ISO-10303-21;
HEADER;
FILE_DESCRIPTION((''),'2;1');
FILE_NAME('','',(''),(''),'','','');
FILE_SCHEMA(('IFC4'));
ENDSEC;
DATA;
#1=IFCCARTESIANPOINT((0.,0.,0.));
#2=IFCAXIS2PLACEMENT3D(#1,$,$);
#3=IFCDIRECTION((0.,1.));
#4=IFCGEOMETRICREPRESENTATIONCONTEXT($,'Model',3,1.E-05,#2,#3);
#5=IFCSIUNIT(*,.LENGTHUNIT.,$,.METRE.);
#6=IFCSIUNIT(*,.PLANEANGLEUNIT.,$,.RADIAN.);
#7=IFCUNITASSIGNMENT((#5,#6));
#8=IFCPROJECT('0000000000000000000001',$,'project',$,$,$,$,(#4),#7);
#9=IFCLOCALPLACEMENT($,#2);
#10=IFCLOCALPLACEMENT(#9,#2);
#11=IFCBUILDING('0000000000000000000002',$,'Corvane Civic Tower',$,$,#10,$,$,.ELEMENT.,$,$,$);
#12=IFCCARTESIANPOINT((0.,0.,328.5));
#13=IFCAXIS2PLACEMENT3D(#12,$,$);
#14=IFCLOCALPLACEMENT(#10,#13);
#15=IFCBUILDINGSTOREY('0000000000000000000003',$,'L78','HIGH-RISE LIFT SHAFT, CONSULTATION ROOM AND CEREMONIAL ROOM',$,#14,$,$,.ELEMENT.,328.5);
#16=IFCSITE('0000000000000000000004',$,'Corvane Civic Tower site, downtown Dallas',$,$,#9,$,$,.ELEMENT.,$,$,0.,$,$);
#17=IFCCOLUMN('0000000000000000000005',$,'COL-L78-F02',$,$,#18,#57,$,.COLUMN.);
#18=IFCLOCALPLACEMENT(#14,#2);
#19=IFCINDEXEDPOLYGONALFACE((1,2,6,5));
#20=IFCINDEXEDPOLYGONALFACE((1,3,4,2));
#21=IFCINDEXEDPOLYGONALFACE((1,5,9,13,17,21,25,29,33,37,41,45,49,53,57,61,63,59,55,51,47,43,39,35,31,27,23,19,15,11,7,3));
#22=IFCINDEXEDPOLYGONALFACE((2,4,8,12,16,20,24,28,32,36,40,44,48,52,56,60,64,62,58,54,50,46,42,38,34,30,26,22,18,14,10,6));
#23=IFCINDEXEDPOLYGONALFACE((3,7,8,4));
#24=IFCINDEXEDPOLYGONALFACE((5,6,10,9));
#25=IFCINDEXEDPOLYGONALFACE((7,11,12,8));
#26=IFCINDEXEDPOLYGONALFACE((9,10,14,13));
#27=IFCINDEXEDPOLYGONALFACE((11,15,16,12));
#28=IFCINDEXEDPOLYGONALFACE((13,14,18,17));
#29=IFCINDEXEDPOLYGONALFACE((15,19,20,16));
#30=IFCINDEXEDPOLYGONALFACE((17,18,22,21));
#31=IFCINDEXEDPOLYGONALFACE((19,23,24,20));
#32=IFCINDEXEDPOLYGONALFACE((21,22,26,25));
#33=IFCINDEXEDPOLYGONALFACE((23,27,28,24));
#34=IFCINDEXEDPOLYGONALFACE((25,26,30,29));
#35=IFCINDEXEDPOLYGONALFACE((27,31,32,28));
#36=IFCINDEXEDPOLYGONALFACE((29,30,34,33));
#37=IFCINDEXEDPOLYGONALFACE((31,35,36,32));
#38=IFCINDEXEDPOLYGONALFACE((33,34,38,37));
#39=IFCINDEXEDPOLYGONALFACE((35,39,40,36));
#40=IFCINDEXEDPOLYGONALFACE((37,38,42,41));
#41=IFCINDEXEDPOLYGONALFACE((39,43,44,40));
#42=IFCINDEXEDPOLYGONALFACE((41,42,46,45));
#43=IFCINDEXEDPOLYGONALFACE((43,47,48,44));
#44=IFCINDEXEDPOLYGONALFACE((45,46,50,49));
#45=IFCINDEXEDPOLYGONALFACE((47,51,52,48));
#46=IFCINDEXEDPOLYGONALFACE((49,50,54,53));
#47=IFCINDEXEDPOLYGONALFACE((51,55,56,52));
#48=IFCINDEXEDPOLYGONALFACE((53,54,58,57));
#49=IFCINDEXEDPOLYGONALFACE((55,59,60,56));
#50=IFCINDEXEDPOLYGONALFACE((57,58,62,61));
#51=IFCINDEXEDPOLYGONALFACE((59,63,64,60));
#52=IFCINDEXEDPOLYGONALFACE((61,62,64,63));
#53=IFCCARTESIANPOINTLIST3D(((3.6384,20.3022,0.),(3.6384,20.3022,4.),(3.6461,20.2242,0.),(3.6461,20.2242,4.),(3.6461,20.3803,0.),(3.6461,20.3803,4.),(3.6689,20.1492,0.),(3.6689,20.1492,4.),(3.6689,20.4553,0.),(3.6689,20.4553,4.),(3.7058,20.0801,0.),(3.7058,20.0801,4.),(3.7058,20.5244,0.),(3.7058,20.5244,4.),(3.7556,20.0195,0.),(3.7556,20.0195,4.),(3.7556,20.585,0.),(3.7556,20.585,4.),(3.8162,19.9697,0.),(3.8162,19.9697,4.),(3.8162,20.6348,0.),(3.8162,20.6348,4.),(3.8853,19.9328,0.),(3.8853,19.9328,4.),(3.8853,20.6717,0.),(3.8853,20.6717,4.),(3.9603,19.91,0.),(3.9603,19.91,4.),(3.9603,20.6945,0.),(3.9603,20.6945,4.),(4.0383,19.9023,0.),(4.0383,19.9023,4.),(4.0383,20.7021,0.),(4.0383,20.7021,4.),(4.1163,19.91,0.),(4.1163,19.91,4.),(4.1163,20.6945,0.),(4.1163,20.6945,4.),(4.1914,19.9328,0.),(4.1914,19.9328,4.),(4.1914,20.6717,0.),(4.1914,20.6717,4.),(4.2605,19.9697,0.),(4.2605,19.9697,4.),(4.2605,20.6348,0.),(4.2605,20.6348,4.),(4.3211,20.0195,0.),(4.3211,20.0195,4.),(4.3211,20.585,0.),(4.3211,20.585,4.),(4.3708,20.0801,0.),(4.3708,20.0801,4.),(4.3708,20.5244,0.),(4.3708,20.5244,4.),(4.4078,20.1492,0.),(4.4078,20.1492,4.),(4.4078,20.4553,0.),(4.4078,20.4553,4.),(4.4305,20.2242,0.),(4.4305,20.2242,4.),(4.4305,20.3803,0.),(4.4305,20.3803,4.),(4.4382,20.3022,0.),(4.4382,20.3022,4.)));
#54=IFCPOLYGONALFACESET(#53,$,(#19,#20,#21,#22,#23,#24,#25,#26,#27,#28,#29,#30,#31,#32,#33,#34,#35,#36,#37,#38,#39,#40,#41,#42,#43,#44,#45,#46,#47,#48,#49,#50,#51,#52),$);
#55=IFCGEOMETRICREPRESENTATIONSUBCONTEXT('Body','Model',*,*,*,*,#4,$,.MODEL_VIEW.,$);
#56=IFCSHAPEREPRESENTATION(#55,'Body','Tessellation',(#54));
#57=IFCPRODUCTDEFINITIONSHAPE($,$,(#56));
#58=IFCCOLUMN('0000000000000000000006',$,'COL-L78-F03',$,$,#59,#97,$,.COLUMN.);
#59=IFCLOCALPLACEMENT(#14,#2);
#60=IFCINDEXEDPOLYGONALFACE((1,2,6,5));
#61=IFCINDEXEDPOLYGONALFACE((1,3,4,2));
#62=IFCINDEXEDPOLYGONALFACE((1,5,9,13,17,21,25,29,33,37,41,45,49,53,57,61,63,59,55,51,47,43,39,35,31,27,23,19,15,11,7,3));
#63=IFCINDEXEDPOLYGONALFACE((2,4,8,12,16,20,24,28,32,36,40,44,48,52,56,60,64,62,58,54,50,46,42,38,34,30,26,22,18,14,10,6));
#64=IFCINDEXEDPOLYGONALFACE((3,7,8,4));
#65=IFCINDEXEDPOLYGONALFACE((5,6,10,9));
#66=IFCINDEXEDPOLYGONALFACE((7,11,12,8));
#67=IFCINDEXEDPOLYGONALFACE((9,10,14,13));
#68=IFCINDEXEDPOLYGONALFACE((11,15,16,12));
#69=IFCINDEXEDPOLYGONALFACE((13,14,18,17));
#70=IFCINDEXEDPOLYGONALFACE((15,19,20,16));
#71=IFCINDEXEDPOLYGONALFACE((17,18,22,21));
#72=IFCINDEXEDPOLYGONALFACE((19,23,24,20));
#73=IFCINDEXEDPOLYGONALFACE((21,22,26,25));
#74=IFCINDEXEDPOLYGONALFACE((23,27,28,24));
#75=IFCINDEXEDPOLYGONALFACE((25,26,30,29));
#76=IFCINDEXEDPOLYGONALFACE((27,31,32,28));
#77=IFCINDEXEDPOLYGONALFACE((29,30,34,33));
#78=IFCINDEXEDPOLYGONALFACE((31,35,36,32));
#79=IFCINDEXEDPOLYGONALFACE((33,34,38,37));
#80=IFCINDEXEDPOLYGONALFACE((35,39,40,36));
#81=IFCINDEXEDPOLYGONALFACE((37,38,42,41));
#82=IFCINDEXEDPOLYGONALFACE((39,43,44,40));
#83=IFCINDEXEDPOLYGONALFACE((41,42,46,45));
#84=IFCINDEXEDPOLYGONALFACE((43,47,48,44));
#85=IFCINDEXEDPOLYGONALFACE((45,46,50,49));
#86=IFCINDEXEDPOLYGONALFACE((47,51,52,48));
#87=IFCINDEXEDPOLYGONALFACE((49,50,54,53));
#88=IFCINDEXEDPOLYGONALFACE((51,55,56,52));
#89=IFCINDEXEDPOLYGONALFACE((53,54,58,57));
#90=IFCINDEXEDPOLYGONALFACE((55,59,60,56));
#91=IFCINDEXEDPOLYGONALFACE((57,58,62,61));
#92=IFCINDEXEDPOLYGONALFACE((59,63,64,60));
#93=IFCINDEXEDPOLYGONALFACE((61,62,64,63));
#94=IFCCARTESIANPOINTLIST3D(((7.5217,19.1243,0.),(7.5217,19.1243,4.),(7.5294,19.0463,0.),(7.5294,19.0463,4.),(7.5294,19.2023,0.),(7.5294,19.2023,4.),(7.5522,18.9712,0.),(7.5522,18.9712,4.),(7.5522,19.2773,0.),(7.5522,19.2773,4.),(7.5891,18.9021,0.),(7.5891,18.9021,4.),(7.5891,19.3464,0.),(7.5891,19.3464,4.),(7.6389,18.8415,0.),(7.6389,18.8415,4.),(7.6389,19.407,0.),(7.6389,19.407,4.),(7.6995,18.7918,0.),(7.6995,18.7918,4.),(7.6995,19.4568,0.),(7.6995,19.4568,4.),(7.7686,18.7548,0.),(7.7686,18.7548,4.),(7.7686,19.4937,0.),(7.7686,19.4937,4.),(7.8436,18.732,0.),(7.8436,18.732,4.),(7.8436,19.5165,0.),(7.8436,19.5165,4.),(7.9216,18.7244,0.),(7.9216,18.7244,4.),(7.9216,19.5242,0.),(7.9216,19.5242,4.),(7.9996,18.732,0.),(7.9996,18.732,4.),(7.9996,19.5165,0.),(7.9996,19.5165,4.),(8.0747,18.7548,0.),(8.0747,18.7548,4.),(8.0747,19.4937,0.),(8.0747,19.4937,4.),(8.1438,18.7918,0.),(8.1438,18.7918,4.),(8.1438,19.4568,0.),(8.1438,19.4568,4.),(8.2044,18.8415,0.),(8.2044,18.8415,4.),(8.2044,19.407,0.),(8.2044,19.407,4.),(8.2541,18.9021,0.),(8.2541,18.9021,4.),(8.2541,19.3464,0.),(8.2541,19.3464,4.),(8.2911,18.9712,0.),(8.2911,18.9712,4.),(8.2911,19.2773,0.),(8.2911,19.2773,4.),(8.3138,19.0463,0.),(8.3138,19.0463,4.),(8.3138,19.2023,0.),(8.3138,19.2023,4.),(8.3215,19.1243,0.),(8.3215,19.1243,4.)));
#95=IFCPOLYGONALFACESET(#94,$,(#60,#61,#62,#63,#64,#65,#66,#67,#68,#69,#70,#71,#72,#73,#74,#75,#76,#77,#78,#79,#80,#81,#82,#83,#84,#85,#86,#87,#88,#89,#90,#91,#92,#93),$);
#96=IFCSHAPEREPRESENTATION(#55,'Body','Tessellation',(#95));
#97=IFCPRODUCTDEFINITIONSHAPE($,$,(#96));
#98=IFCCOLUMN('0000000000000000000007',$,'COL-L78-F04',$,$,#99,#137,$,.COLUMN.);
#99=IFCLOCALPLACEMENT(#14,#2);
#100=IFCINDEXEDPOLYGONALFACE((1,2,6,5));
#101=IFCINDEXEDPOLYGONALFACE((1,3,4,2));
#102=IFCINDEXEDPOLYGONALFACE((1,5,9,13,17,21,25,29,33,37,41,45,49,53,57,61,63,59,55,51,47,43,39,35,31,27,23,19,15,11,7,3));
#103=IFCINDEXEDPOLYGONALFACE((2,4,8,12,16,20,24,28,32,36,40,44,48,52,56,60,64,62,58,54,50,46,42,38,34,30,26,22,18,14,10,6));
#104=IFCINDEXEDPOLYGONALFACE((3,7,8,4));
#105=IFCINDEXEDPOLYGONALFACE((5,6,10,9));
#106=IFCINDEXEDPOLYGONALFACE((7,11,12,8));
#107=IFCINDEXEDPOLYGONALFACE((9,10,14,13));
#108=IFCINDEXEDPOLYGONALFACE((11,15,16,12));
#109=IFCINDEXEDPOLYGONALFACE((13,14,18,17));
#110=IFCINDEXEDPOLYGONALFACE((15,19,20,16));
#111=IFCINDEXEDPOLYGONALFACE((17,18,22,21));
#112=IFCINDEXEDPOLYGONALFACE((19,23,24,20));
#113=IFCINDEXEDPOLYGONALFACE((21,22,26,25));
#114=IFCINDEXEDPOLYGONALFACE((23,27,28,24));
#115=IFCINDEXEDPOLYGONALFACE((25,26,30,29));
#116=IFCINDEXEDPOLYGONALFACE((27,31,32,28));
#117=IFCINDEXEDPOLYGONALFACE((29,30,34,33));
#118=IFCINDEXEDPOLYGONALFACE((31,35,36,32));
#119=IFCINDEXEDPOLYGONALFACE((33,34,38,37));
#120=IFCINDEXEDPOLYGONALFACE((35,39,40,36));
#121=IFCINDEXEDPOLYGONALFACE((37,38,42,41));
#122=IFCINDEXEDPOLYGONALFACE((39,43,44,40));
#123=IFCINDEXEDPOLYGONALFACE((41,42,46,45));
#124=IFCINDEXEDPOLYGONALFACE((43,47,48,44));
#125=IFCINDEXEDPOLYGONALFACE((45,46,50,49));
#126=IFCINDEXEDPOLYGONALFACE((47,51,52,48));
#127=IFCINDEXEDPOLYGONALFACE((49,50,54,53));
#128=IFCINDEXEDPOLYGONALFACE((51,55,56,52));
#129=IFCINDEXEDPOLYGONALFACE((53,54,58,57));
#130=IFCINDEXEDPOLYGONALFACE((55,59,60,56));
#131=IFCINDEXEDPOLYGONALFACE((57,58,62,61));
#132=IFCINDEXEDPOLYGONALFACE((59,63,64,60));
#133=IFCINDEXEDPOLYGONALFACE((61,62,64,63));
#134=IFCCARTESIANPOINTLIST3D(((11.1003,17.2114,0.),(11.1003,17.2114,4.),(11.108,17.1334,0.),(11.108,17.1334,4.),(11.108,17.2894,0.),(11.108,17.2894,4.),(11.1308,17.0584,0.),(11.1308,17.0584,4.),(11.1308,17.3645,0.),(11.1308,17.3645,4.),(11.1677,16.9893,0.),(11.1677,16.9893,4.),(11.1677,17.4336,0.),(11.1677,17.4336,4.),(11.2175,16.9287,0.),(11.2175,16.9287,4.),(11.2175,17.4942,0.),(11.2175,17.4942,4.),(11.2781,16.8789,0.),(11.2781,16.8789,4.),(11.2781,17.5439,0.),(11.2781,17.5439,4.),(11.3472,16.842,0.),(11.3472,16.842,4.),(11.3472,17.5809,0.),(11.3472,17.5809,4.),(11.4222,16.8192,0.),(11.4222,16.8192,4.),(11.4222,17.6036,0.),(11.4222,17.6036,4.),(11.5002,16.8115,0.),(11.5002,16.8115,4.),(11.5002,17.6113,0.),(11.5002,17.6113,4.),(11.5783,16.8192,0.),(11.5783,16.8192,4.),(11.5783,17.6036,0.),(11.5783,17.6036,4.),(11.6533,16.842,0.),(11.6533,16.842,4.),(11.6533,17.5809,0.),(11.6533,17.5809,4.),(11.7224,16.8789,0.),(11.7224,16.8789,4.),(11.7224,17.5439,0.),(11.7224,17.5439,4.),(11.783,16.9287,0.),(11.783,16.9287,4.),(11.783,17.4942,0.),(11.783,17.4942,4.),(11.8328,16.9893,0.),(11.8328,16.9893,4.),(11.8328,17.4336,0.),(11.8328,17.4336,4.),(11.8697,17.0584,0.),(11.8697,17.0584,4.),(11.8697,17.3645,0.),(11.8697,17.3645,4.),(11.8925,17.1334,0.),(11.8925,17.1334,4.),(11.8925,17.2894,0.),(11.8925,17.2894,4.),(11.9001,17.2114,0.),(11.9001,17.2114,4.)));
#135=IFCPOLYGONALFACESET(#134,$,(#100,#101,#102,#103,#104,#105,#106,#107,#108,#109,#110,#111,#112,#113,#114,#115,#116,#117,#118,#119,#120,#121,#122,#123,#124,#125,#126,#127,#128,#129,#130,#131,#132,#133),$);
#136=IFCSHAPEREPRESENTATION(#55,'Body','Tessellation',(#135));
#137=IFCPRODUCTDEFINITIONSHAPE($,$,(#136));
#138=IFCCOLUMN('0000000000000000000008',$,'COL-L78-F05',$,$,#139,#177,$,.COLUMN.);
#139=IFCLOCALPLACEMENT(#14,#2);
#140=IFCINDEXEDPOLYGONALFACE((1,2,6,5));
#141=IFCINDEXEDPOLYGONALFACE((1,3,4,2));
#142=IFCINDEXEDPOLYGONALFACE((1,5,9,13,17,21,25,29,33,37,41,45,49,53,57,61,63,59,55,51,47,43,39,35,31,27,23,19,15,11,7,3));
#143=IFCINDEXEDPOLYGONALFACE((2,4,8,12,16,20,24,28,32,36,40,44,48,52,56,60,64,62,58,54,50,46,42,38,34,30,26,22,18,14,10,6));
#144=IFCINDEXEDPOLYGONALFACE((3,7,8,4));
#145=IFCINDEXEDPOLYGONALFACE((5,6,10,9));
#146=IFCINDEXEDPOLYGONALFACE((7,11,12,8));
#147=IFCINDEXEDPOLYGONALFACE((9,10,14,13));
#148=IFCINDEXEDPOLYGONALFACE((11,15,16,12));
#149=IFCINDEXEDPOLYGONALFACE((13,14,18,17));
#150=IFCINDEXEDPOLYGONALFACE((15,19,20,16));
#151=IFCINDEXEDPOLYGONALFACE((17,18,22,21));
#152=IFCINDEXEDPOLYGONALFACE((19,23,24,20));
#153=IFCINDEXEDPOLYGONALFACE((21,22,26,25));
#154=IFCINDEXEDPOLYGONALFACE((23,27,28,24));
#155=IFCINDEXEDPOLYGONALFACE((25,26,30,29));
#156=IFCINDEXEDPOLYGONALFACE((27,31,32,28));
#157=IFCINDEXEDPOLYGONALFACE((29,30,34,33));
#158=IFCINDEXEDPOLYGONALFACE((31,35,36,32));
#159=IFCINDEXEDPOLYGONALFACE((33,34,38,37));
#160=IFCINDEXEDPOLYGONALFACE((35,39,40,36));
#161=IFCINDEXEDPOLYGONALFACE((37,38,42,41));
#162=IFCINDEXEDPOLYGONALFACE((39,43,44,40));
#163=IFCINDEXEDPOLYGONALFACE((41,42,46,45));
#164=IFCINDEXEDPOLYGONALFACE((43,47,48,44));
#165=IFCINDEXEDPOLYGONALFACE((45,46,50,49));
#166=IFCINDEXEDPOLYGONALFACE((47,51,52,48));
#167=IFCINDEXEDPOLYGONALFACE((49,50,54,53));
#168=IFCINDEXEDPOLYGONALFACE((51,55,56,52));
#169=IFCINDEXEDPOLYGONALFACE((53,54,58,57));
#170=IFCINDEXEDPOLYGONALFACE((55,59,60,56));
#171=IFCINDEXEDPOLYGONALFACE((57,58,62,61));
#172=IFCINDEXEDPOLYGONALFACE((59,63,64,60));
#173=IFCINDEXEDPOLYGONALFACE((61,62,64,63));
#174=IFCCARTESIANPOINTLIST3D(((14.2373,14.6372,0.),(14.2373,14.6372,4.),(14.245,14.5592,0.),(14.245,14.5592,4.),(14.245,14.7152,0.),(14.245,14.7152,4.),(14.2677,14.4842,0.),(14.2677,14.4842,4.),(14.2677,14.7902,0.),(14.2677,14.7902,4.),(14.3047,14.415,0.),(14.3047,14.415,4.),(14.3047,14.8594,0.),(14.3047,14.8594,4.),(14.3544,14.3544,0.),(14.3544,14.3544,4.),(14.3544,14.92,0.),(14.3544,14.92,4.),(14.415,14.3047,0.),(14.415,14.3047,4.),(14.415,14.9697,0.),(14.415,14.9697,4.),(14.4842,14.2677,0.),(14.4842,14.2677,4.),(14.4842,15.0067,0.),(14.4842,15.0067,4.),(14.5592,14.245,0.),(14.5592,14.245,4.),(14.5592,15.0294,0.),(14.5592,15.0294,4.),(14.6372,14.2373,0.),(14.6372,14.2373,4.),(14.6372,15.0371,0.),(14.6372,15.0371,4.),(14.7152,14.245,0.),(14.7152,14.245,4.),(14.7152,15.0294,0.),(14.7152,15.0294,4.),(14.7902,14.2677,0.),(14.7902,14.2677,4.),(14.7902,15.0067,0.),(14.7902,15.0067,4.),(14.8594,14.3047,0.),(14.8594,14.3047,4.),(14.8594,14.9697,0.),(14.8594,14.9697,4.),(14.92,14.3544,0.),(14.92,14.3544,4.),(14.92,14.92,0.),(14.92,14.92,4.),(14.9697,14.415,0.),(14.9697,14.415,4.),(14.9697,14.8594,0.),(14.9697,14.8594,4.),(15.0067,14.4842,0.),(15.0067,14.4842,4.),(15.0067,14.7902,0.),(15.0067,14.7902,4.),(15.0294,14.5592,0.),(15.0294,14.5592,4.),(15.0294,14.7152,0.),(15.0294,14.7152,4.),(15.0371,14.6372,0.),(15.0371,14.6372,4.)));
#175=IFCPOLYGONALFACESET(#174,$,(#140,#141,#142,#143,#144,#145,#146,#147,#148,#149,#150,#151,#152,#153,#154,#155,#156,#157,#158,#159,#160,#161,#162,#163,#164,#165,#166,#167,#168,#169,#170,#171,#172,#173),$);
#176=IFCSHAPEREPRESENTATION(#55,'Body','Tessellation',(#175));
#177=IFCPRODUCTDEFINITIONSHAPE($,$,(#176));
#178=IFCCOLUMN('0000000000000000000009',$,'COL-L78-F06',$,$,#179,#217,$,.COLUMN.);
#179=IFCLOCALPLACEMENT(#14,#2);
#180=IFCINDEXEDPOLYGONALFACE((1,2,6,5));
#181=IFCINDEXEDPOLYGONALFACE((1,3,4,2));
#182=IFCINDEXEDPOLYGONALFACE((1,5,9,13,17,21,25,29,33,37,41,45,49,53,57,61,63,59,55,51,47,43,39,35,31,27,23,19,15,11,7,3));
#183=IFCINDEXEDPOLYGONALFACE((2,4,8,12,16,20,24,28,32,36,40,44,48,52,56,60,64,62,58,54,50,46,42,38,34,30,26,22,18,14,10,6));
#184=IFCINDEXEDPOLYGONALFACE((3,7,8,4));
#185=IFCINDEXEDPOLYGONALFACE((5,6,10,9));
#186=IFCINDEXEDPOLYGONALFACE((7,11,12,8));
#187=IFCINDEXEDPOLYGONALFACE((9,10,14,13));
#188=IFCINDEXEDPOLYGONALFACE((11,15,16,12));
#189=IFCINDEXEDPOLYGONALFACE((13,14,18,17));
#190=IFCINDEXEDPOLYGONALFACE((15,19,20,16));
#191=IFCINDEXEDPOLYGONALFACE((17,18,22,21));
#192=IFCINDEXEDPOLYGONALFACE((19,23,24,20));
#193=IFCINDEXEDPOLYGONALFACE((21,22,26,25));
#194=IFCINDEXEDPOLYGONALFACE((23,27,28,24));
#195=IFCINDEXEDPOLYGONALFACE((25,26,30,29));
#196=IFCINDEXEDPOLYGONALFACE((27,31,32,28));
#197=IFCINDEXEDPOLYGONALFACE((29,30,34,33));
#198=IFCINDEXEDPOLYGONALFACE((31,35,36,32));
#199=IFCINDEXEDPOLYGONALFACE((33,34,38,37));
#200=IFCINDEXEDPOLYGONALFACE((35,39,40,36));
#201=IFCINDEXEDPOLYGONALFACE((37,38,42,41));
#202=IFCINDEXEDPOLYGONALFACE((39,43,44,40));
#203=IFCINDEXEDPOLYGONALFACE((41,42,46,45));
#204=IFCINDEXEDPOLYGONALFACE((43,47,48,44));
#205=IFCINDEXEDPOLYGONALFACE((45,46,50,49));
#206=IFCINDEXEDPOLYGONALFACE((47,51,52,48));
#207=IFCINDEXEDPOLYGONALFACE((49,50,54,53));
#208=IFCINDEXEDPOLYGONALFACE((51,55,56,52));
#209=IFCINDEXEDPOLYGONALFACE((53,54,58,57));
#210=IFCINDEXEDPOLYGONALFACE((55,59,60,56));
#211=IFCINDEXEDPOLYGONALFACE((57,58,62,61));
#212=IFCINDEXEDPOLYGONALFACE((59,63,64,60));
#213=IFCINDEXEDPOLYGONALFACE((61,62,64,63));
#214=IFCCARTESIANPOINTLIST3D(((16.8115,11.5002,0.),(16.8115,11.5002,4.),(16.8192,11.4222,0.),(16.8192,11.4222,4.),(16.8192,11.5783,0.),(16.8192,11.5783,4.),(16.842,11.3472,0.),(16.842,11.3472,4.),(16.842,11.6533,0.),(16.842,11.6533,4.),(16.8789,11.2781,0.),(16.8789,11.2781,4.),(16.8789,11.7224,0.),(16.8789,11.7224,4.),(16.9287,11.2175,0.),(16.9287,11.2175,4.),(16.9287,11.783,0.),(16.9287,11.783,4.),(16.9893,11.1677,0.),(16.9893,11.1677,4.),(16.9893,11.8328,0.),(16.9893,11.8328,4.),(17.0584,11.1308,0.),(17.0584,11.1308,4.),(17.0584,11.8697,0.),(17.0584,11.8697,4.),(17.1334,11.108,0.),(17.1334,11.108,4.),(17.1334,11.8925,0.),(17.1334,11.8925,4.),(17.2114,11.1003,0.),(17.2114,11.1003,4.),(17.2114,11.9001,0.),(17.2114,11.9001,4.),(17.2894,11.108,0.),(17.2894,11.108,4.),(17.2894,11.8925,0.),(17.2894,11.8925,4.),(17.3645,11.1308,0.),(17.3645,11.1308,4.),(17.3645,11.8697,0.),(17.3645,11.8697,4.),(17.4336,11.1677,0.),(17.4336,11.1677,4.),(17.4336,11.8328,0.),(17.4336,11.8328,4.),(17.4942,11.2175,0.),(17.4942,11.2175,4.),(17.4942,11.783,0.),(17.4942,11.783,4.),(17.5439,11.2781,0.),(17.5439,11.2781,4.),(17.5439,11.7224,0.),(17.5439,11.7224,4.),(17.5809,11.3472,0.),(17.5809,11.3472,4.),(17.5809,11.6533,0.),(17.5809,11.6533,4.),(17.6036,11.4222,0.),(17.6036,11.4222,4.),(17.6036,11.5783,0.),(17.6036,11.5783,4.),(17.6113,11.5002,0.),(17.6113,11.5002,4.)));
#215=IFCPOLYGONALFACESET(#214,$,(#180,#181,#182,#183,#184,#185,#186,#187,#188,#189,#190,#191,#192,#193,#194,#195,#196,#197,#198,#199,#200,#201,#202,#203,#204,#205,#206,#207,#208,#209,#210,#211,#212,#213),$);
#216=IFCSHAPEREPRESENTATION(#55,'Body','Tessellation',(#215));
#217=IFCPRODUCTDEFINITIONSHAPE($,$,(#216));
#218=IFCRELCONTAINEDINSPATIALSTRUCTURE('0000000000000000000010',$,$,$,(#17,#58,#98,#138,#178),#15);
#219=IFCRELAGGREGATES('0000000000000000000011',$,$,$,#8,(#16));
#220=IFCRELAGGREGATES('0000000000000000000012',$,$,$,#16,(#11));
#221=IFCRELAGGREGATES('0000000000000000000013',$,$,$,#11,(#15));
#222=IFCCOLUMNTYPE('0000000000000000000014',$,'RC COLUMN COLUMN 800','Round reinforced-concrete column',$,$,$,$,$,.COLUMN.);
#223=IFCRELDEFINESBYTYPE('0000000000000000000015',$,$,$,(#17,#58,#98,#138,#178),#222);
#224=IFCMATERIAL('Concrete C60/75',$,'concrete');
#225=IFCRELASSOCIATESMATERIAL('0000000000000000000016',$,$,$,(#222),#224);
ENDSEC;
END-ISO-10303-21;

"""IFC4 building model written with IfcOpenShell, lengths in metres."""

from ifc_helpers import new_model, si_unit, direction, frame, origin, origin_2d, place, context, subcontext, project, spatial, circle, extrude, material, material_profile, profile_set, type_object, element, save


model = new_model("IFC4")

# Units and contexts
model_context = context("Model", 3, precision=1e-05, world=origin(), true_north=direction((0.0, 1.0)))
body_context = subcontext(model_context, "Body", "Model", "MODEL_VIEW")
ifc_project = project(units=[si_unit("LENGTHUNIT", "METRE"), si_unit("PLANEANGLEUNIT", "RADIAN")], contexts=[model_context])

# Site, building, storey
site_placement = place(None, origin())
site = spatial("IfcSite", under=ifc_project, at=site_placement, Name="Corvane Civic Tower site, downtown Dallas", CompositionType="ELEMENT", RefElevation=0.0)
building_placement = place(site_placement, origin())
building = spatial("IfcBuilding", under=site, at=building_placement, Name="Corvane Civic Tower", CompositionType="ELEMENT")
storey_placement = place(building_placement, frame((0.0, 0.0, 328.5)))
storey = spatial("IfcBuildingStorey", under=building, at=storey_placement, Name="L78", Description="HIGH-RISE LIFT SHAFT, CONSULTATION ROOM AND CEREMONIAL ROOM", CompositionType="ELEMENT", Elevation=328.5)

# Columns
ifc_material_1 = material(Name="Concrete C60/75", Category="concrete")
ifc_material_profile_1 = material_profile(ifc_material_1, circle(Radius=0.3999, at=origin_2d()), Name="COLUMN 800")
ifc_profile_set_1 = profile_set([ifc_material_profile_1], Name="Concrete C60/75")
column_type = type_object("IfcColumnType", Name="RC COLUMN COLUMN 800", Description="Round reinforced-concrete column", PredefinedType="COLUMN", material=ifc_profile_set_1)
for number, where, z_axis, x_axis, name in (
    (1, (4.0383, 20.3022, 0.0), (0.0, 0.0, 1.0), (1.0, 0.0, 0.0), "COL-L78-F02"),
    (2, (7.9216, 19.1243, 0.0), (0.0, 0.0, 1.0), (1.0, 0.0, 0.0), "COL-L78-F03"),
    (3, (11.5002, 17.2114, 0.0), (0.0, 0.0, 1.0), (1.0, 0.0, 0.0), "COL-L78-F04"),
    (4, (14.6372, 14.6372, 0.0), (0.0, 0.0, 1.0), (1.0, 0.0, 0.0), "COL-L78-F05"),
    (5, (17.2114, 11.5002, 0.0), (0.0, 0.0, 1.0), (1.0, 0.0, 0.0), "COL-L78-F06"),
):
    element("IfcColumn", number, at=place(storey_placement, frame(where, z_axis=z_axis, x_axis=x_axis)), inside=storey, type_object=column_type, Name=name, PredefinedType="COLUMN", context=body_context, shape_type="SweptSolid", body=[
        extrude(circle(Radius=0.3999, at=origin_2d()), origin(), (0.0, 0.0, 1.0), 4.0),
    ])

save(model, "model.ifc")
